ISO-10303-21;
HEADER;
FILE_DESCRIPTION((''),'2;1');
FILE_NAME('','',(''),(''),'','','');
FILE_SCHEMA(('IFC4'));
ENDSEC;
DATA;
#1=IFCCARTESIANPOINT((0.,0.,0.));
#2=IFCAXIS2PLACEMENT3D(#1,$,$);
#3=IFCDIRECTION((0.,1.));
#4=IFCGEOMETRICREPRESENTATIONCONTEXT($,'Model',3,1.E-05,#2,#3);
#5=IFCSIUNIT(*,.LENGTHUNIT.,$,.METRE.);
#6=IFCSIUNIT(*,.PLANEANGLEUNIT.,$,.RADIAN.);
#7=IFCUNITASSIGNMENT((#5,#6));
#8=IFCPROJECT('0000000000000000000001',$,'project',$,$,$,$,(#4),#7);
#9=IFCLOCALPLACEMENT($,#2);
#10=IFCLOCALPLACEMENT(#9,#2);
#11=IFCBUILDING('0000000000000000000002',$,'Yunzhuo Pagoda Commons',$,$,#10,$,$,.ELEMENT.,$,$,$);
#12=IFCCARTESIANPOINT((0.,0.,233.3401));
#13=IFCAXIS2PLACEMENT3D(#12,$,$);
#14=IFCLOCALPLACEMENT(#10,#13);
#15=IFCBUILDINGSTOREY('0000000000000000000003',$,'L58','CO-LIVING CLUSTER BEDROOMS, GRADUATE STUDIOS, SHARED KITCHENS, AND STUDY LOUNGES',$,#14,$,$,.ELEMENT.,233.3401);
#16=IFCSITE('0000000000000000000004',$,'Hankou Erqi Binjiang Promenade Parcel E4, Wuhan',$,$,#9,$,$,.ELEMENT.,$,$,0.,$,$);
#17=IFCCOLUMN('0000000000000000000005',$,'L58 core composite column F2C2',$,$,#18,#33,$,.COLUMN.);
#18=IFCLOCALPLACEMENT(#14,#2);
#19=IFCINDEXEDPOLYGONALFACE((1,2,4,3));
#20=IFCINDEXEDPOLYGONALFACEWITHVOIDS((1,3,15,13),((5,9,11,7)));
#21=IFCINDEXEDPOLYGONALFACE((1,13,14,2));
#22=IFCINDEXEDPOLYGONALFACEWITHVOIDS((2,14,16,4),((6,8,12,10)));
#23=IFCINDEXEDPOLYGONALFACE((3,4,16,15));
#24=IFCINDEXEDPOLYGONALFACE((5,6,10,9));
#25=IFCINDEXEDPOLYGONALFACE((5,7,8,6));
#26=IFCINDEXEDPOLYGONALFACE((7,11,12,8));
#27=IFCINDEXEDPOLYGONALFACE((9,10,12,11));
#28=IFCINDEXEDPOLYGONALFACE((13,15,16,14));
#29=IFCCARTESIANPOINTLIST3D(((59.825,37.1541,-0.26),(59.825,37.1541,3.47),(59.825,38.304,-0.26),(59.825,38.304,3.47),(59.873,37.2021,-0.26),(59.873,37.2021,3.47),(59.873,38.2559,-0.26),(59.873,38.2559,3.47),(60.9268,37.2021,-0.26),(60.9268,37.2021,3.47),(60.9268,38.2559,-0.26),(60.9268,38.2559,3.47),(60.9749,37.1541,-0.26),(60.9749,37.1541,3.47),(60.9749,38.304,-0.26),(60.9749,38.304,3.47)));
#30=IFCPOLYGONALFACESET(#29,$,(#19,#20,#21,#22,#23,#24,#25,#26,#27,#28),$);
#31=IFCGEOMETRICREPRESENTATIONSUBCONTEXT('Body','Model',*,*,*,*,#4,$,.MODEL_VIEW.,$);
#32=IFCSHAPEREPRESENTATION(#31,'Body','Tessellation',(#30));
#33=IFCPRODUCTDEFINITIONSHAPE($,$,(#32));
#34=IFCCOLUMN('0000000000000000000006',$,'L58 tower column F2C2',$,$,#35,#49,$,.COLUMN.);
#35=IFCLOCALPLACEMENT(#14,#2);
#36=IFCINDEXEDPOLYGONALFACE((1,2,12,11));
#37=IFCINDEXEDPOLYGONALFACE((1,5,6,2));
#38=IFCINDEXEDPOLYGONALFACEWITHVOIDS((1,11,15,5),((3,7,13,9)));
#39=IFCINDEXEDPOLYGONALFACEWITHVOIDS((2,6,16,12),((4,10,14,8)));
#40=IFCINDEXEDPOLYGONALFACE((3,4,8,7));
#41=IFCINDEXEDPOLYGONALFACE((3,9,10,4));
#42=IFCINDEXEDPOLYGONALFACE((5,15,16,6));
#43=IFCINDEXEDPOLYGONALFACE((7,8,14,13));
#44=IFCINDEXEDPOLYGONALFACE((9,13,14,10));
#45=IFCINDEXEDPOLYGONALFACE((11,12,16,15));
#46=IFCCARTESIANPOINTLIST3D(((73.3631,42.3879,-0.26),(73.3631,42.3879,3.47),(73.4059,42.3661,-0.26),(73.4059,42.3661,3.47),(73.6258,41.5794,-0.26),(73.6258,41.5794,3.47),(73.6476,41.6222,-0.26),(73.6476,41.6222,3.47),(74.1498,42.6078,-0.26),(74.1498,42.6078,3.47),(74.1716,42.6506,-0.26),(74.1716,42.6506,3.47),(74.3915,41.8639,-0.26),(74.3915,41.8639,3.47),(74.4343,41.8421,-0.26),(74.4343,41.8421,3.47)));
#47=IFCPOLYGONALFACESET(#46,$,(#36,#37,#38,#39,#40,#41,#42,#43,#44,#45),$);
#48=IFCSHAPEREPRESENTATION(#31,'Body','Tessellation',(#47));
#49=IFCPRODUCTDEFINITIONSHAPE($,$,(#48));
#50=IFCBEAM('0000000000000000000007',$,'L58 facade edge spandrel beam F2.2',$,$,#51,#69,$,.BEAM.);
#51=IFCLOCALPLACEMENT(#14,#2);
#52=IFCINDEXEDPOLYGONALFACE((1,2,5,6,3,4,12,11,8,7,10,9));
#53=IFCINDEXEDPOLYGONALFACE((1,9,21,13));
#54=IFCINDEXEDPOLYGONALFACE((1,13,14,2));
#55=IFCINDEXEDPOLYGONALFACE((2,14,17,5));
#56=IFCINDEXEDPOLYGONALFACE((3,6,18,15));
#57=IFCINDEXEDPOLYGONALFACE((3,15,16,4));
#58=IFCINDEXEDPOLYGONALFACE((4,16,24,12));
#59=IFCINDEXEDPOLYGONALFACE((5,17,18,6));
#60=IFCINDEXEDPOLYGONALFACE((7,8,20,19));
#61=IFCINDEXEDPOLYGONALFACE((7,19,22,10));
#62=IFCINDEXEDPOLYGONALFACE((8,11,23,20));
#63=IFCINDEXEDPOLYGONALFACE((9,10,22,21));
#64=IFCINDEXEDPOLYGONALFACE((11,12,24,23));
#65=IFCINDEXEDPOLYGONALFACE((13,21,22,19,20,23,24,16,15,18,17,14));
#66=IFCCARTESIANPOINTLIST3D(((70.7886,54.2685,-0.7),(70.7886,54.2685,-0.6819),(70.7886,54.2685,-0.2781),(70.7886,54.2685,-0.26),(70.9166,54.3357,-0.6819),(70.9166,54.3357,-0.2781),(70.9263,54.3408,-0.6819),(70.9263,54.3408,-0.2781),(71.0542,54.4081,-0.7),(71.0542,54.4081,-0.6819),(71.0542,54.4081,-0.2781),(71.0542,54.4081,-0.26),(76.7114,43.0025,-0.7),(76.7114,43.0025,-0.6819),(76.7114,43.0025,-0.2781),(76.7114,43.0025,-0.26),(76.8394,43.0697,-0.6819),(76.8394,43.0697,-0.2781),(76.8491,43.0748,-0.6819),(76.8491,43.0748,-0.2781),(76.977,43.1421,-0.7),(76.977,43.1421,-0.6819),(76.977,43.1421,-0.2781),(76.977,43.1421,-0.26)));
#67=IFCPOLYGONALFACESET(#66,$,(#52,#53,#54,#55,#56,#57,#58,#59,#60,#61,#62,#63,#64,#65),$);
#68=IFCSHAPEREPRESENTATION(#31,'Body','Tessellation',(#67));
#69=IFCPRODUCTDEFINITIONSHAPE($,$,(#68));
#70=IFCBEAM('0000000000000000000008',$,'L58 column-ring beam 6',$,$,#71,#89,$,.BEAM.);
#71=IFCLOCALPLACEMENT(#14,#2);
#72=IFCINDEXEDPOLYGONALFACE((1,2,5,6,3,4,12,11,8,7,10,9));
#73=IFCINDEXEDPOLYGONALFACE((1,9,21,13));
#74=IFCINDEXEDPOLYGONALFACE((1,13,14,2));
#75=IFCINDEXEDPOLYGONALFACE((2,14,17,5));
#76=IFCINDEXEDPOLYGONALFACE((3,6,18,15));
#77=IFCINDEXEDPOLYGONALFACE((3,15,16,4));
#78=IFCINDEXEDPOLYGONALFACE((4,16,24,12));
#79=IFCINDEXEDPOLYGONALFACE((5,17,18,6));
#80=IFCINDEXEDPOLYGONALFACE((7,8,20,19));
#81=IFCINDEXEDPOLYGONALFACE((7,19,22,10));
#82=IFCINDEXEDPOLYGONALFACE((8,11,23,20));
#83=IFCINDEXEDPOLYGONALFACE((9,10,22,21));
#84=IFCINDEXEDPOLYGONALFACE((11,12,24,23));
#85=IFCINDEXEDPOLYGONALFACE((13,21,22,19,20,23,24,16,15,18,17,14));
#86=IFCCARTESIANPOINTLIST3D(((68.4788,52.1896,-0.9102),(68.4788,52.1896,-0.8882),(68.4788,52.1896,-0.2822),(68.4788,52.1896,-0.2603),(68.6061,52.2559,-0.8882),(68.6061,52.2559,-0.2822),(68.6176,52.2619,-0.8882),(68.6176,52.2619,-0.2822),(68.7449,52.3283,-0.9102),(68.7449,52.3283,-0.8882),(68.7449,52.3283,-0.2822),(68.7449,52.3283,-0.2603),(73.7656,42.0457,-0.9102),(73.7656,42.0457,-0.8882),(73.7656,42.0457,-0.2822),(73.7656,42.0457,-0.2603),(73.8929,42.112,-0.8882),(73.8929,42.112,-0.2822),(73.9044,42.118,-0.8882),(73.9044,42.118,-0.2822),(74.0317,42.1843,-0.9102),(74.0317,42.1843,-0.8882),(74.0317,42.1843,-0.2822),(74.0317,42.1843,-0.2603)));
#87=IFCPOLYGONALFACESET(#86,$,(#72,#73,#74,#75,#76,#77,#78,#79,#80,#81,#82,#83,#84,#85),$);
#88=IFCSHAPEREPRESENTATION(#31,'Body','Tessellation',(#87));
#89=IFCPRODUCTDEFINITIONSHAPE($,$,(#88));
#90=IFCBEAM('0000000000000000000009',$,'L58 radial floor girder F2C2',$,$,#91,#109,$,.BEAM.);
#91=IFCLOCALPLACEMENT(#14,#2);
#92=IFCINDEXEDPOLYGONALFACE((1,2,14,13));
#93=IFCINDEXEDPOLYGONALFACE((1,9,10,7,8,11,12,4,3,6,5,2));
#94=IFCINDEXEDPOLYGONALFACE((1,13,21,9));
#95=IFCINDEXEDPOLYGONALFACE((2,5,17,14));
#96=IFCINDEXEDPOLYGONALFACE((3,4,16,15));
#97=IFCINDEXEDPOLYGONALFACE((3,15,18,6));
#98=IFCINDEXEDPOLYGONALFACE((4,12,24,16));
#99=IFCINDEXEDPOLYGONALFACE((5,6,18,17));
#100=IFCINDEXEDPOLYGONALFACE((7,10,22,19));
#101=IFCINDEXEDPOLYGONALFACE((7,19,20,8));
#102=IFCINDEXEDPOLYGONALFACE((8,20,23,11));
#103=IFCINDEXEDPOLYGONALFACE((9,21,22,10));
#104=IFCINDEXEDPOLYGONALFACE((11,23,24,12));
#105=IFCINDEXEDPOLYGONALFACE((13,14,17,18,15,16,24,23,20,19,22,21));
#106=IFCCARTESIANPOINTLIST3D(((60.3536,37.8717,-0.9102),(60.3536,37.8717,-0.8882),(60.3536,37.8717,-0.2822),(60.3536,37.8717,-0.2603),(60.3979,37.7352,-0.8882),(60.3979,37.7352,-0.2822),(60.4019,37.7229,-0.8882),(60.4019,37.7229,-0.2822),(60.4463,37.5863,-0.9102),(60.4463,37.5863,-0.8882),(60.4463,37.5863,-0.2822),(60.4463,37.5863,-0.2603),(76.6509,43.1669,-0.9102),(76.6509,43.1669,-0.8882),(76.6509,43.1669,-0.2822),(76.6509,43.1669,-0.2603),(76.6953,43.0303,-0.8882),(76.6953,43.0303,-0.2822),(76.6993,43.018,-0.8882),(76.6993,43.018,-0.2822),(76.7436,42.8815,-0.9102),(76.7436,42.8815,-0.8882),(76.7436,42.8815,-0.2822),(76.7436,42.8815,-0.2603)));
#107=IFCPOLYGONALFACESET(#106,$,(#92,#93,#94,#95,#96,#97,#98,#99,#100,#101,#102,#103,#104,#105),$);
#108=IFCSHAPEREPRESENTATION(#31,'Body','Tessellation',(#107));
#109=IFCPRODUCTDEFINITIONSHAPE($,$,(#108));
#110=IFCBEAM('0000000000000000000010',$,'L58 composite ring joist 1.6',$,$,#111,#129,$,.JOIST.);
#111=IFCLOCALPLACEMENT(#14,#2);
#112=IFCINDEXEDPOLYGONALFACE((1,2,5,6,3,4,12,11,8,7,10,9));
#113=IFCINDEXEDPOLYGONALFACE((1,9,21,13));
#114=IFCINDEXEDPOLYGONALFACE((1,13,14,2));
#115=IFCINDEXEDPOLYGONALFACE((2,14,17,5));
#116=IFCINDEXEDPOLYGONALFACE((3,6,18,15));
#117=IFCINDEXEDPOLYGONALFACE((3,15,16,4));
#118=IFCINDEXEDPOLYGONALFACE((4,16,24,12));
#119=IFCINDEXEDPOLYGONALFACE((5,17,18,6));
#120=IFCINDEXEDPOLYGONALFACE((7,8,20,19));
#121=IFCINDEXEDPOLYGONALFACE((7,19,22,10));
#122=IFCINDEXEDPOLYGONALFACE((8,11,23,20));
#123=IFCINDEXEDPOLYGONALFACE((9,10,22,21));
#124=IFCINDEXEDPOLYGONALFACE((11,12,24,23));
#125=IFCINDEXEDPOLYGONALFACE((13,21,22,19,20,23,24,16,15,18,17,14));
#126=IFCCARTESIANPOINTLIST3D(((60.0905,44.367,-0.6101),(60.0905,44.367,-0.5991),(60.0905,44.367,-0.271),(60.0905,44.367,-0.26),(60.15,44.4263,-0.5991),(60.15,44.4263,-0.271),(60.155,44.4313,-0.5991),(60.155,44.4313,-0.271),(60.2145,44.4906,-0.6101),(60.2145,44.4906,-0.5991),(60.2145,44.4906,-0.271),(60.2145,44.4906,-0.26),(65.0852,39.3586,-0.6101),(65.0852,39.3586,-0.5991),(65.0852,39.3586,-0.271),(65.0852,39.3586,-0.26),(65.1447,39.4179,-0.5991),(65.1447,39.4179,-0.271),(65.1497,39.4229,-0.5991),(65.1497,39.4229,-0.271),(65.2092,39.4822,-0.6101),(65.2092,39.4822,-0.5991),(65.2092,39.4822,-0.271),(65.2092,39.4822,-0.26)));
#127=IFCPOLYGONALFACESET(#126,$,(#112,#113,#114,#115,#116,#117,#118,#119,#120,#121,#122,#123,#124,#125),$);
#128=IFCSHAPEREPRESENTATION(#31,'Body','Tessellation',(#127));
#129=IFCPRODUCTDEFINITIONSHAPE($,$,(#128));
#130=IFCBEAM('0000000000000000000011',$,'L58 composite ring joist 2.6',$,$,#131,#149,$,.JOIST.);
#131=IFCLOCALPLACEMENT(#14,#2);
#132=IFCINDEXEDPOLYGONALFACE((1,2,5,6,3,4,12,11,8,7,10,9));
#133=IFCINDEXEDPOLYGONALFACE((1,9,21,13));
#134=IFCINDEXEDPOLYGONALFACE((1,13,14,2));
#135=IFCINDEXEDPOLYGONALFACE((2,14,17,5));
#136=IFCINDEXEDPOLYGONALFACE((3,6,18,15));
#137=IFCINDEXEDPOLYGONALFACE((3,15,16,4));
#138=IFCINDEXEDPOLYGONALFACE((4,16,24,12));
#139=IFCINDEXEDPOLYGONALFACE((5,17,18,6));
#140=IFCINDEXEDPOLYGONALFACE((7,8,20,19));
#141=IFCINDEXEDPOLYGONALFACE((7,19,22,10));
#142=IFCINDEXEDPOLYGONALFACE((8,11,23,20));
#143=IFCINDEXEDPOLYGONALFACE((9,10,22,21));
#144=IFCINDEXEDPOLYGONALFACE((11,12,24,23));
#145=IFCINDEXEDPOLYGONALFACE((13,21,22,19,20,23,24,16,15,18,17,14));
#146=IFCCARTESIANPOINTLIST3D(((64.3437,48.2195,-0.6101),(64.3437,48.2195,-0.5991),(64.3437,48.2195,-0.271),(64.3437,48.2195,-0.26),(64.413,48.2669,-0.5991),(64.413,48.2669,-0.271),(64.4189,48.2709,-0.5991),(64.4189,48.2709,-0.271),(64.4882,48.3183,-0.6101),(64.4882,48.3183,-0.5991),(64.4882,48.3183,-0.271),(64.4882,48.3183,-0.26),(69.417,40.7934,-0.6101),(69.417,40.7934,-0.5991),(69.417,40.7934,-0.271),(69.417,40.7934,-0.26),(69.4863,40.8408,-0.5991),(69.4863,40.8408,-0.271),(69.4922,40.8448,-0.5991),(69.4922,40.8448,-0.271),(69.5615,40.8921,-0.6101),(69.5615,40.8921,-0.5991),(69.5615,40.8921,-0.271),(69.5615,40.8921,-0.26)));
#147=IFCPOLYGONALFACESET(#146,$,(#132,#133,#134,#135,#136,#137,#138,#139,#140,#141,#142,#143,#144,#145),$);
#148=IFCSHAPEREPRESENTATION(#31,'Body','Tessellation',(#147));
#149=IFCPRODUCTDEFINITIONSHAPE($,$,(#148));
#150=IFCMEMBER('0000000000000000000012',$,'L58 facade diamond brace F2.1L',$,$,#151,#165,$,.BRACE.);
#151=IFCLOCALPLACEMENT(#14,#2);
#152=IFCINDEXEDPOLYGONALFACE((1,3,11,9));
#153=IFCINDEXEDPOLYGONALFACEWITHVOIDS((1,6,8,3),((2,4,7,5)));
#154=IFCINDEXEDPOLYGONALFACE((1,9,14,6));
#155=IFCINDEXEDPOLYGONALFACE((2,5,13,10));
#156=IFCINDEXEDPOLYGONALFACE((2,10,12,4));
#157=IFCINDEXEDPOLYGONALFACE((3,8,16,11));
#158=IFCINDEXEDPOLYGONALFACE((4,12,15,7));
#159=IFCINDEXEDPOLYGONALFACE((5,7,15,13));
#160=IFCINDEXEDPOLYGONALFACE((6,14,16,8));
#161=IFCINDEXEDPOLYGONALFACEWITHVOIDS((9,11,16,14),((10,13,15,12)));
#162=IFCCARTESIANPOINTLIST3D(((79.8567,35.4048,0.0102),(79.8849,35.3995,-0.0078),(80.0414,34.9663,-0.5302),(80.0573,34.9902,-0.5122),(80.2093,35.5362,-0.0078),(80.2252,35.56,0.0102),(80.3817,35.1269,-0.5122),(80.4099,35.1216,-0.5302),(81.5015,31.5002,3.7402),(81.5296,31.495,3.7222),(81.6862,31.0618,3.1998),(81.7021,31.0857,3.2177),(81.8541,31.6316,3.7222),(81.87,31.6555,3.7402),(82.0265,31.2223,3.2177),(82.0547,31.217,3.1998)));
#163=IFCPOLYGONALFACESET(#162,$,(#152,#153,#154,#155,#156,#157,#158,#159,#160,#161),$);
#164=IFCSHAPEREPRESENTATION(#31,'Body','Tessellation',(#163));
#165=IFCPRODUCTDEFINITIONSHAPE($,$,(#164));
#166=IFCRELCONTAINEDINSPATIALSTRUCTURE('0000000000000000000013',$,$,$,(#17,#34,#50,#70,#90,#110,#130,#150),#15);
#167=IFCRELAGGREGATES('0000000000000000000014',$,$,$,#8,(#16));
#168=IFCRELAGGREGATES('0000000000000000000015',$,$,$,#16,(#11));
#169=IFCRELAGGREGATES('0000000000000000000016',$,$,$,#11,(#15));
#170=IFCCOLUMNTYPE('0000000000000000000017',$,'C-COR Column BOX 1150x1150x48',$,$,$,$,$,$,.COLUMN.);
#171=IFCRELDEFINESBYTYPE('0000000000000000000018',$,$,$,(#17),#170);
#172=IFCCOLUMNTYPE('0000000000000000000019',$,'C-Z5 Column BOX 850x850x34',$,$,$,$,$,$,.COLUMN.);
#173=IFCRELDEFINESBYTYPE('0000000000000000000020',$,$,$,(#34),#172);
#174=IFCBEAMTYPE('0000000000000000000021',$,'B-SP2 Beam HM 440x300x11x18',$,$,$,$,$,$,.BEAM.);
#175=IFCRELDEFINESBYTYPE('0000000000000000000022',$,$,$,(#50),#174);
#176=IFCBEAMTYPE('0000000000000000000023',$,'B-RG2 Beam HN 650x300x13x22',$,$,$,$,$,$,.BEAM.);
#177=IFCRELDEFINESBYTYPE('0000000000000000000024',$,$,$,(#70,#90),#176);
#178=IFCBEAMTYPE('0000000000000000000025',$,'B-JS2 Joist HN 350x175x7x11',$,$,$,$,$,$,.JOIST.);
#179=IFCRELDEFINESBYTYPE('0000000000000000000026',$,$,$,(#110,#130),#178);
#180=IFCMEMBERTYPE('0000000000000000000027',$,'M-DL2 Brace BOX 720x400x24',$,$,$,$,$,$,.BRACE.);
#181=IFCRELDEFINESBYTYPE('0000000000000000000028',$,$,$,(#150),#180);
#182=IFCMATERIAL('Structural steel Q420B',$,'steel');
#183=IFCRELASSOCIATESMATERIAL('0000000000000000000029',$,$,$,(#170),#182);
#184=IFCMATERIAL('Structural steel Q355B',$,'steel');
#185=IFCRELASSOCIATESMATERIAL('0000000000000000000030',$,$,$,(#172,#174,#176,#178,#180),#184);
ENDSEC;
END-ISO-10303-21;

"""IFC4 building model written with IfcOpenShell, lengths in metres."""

from ifc_helpers import new_model, si_unit, direction, frame, origin, origin_2d, place, context, subcontext, project, spatial, hollow_rectangle, i_section, extrude, source, transform, mapped, material, material_profile, profile_set, type_object, element, save


model = new_model("IFC4")

# Units and contexts
model_context = context("Model", 3, precision=1e-05, world=origin(), true_north=direction((0.0, 1.0)))
body_context = subcontext(model_context, "Body", "Model", "MODEL_VIEW")
ifc_project = project(units=[si_unit("LENGTHUNIT", "METRE"), si_unit("PLANEANGLEUNIT", "RADIAN")], contexts=[model_context])

# Site, building, storey
site_placement = place(None, origin())
site = spatial("IfcSite", under=ifc_project, at=site_placement, Name="Hankou Erqi Binjiang Promenade Parcel E4, Wuhan", CompositionType="ELEMENT", RefElevation=0.0)
building_placement = place(site_placement, origin())
building = spatial("IfcBuilding", under=site, at=building_placement, Name="Yunzhuo Pagoda Commons", CompositionType="ELEMENT")
storey_placement = place(building_placement, frame((0.0, 0.0, 233.3401)))
storey = spatial("IfcBuildingStorey", under=building, at=storey_placement, Name="L58", Description="CO-LIVING CLUSTER BEDROOMS, GRADUATE STUDIOS, SHARED KITCHENS, AND STUDY LOUNGES", CompositionType="ELEMENT", Elevation=233.3401)

# Columns
ifc_material_1 = material(Name="Structural steel Q420B", Category="steel")
ifc_material_profile_1 = material_profile(ifc_material_1, hollow_rectangle(XDim=1.1499, YDim=1.1499, WallThickness=0.0481, at=origin_2d()), Name="Structural steel Q420B")
ifc_profile_set_1 = profile_set([ifc_material_profile_1], Name="Structural steel Q420B")
column_type_1 = type_object("IfcColumnType", Name="C-COR Column BOX 1150x1150x48", PredefinedType="COLUMN", material=ifc_profile_set_1)
shared_shape_1 = source(origin(), body_context, "Body", "SweptSolid", [
    extrude(hollow_rectangle(XDim=1.1499, YDim=1.1499, WallThickness=0.0481, at=origin_2d()), origin(), (0.0, 0.0, 1.0), 3.73),
])
column_1_placement = place(storey_placement, frame((60.3999, 37.729, -0.26), z_axis=(0.0, 0.0, 1.0), x_axis=(1.0, 0.0, 0.0)))
element("IfcColumn", 1, at=column_1_placement, inside=storey, type_object=column_type_1, Name="L58 core composite column F2C2", PredefinedType="COLUMN", context=body_context, shape_type="MappedRepresentation", body=[
    mapped(shared_shape_1, transform((0.0, 0.0, 0.0), scale=1.0)),
])
ifc_material_2 = material(Name="Structural steel Q355B", Category="steel")
ifc_material_profile_2 = material_profile(ifc_material_2, hollow_rectangle(XDim=0.8501, YDim=0.8501, WallThickness=0.0339, at=origin_2d()), Name="Structural steel Q355B")
ifc_profile_set_2 = profile_set([ifc_material_profile_2], Name="Structural steel Q355B")
column_type_2 = type_object("IfcColumnType", Name="C-Z5 Column BOX 850x850x34", PredefinedType="COLUMN", material=ifc_profile_set_2)
shared_shape_2 = source(origin(), body_context, "Body", "SweptSolid", [
    extrude(hollow_rectangle(XDim=0.8501, YDim=0.8501, WallThickness=0.0339, at=origin_2d()), origin(), (0.0, 0.0, 1.0), 3.73),
])
column_2_placement = place(storey_placement, frame((73.8987, 42.115, -0.26), z_axis=(0.0, 0.0, 1.0), x_axis=(-0.309017, 0.951057, 0.0)))
element("IfcColumn", 2, at=column_2_placement, inside=storey, type_object=column_type_2, Name="L58 tower column F2C2", PredefinedType="COLUMN", context=body_context, shape_type="MappedRepresentation", body=[
    mapped(shared_shape_2, transform((0.0, 0.0, 0.0), scale=1.0)),
])

# Beams
ifc_material_profile_3 = material_profile(ifc_material_2, i_section(OverallWidth=0.3, OverallDepth=0.4399, WebThickness=0.011, FlangeThickness=0.0181, at=origin_2d()), Name="Structural steel Q355B")
ifc_profile_set_3 = profile_set([ifc_material_profile_3], Name="Structural steel Q355B")
beam_type_1 = type_object("IfcBeamType", Name="B-SP2 Beam HM 440x300x11x18", PredefinedType="BEAM", material=ifc_profile_set_3)
shared_shape_3 = source(origin(), body_context, "Body", "SweptSolid", [
    extrude(i_section(OverallWidth=0.3, OverallDepth=0.4399, WebThickness=0.011, FlangeThickness=0.0181, at=origin_2d()), origin(), (0.0, 0.0, 1.0), 12.728),
])
beam_1_placement = place(storey_placement, frame((76.8442, 43.0723, -0.48), z_axis=(-0.465335, 0.885134, 0.0), x_axis=(-0.885134, -0.465335, 0.0)))
element("IfcBeam", 3, at=beam_1_placement, inside=storey, type_object=beam_type_1, Name="L58 facade edge spandrel beam F2.2", PredefinedType="BEAM", context=body_context, shape_type="MappedRepresentation", body=[
    mapped(shared_shape_3, transform((0.0, 0.0, 0.0), scale=1.0)),
])
ifc_material_profile_4 = material_profile(ifc_material_2, i_section(OverallWidth=0.3, OverallDepth=0.6499, WebThickness=0.0129, FlangeThickness=0.022, at=origin_2d()), Name="Structural steel Q355B")
ifc_profile_set_4 = profile_set([ifc_material_profile_4], Name="Structural steel Q355B")
beam_type_2 = type_object("IfcBeamType", Name="B-RG2 Beam HN 650x300x13x22", PredefinedType="BEAM", material=ifc_profile_set_4)
shared_shape_4 = source(origin(), body_context, "Body", "SweptSolid", [
    extrude(i_section(OverallWidth=0.3, OverallDepth=0.6499, WebThickness=0.0129, FlangeThickness=0.022, at=origin_2d()), origin(), (0.0, 0.0, 1.0), 11.439),
])
beam_2_placement = place(storey_placement, frame((73.8987, 42.115, -0.5852), z_axis=(-0.462176, 0.886788, 0.0), x_axis=(-0.886788, -0.462176, 0.0)))
element("IfcBeam", 4, at=beam_2_placement, inside=storey, type_object=beam_type_2, Name="L58 column-ring beam 6", PredefinedType="BEAM", context=body_context, shape_type="MappedRepresentation", body=[
    mapped(shared_shape_4, transform((0.0, 0.0, 0.0), scale=1.0)),
])
shared_shape_5 = source(origin(), body_context, "Body", "SweptSolid", [
    extrude(i_section(OverallWidth=0.3, OverallDepth=0.6499, WebThickness=0.0129, FlangeThickness=0.022, at=origin_2d()), origin(), (0.0, 0.0, 1.0), 17.136),
])
beam_3_placement = place(storey_placement, frame((76.6973, 43.0242, -0.5852), z_axis=(-0.951059, -0.309008, 0.0), x_axis=(0.309008, -0.951059, 0.0)))
element("IfcBeam", 5, at=beam_3_placement, inside=storey, type_object=beam_type_2, Name="L58 radial floor girder F2C2", PredefinedType="BEAM", context=body_context, shape_type="MappedRepresentation", body=[
    mapped(shared_shape_5, transform((0.0, 0.0, 0.0), scale=1.0)),
])
ifc_material_profile_5 = material_profile(ifc_material_2, i_section(OverallWidth=0.175, OverallDepth=0.3501, WebThickness=0.0071, FlangeThickness=0.011, at=origin_2d()), Name="Structural steel Q355B")
ifc_profile_set_5 = profile_set([ifc_material_profile_5], Name="Structural steel Q355B")
beam_type_3 = type_object("IfcBeamType", Name="B-JS2 Joist HN 350x175x7x11", PredefinedType="JOIST", material=ifc_profile_set_5)
shared_shape_6 = source(origin(), body_context, "Body", "SweptSolid", [
    extrude(i_section(OverallWidth=0.175, OverallDepth=0.3501, WebThickness=0.0071, FlangeThickness=0.011, at=origin_2d()), origin(), (0.0, 0.0, 1.0), 7.0732),
])
beam_4_placement = place(storey_placement, frame((65.1472, 39.4204, -0.4351), z_axis=(-0.70614, 0.708073, 0.0), x_axis=(-0.708073, -0.70614, 0.0)))
element("IfcBeam", 6, at=beam_4_placement, inside=storey, type_object=beam_type_3, Name="L58 composite ring joist 1.6", PredefinedType="JOIST", context=body_context, shape_type="MappedRepresentation", body=[
    mapped(shared_shape_6, transform((0.0, 0.0, 0.0), scale=1.0)),
])
shared_shape_7 = source(origin(), body_context, "Body", "SweptSolid", [
    extrude(i_section(OverallWidth=0.175, OverallDepth=0.3501, WebThickness=0.0071, FlangeThickness=0.011, at=origin_2d()), origin(), (0.0, 0.0, 1.0), 8.9937),
])
beam_5_placement = place(storey_placement, frame((69.4893, 40.8428, -0.4351), z_axis=(-0.564099, 0.825707, 0.0), x_axis=(-0.825707, -0.564099, 0.0)))
element("IfcBeam", 7, at=beam_5_placement, inside=storey, type_object=beam_type_3, Name="L58 composite ring joist 2.6", PredefinedType="JOIST", context=body_context, shape_type="MappedRepresentation", body=[
    mapped(shared_shape_7, transform((0.0, 0.0, 0.0), scale=1.0)),
])

# Member
ifc_material_profile_6 = material_profile(ifc_material_2, hollow_rectangle(XDim=0.3999, YDim=0.72, WallThickness=0.0239, at=origin_2d()), Name="Structural steel Q355B")
ifc_profile_set_6 = profile_set([ifc_material_profile_6], Name="Structural steel Q355B")
member_type_1 = type_object("IfcMemberType", Name="M-DL2 Brace BOX 720x400x24", PredefinedType="BRACE", material=ifc_profile_set_6)
shared_shape_8 = source(origin(), body_context, "Body", "SweptSolid", [
    extrude(hollow_rectangle(XDim=0.3999, YDim=0.72, WallThickness=0.0239, at=origin_2d()), origin(), (0.0, 0.0, 1.0), 5.6448),
])
member_1_placement = place(storey_placement, frame((80.1333, 35.2632, -0.26), z_axis=(0.29138, -0.691709, 0.660785), x_axis=(0.921571, 0.388209, 0.0)))
element("IfcMember", 8, at=member_1_placement, inside=storey, type_object=member_type_1, Name="L58 facade diamond brace F2.1L", PredefinedType="BRACE", context=body_context, shape_type="MappedRepresentation", body=[
    mapped(shared_shape_8, transform((0.0, 0.0, 0.0), scale=1.0)),
])

save(model, "model.ifc")
